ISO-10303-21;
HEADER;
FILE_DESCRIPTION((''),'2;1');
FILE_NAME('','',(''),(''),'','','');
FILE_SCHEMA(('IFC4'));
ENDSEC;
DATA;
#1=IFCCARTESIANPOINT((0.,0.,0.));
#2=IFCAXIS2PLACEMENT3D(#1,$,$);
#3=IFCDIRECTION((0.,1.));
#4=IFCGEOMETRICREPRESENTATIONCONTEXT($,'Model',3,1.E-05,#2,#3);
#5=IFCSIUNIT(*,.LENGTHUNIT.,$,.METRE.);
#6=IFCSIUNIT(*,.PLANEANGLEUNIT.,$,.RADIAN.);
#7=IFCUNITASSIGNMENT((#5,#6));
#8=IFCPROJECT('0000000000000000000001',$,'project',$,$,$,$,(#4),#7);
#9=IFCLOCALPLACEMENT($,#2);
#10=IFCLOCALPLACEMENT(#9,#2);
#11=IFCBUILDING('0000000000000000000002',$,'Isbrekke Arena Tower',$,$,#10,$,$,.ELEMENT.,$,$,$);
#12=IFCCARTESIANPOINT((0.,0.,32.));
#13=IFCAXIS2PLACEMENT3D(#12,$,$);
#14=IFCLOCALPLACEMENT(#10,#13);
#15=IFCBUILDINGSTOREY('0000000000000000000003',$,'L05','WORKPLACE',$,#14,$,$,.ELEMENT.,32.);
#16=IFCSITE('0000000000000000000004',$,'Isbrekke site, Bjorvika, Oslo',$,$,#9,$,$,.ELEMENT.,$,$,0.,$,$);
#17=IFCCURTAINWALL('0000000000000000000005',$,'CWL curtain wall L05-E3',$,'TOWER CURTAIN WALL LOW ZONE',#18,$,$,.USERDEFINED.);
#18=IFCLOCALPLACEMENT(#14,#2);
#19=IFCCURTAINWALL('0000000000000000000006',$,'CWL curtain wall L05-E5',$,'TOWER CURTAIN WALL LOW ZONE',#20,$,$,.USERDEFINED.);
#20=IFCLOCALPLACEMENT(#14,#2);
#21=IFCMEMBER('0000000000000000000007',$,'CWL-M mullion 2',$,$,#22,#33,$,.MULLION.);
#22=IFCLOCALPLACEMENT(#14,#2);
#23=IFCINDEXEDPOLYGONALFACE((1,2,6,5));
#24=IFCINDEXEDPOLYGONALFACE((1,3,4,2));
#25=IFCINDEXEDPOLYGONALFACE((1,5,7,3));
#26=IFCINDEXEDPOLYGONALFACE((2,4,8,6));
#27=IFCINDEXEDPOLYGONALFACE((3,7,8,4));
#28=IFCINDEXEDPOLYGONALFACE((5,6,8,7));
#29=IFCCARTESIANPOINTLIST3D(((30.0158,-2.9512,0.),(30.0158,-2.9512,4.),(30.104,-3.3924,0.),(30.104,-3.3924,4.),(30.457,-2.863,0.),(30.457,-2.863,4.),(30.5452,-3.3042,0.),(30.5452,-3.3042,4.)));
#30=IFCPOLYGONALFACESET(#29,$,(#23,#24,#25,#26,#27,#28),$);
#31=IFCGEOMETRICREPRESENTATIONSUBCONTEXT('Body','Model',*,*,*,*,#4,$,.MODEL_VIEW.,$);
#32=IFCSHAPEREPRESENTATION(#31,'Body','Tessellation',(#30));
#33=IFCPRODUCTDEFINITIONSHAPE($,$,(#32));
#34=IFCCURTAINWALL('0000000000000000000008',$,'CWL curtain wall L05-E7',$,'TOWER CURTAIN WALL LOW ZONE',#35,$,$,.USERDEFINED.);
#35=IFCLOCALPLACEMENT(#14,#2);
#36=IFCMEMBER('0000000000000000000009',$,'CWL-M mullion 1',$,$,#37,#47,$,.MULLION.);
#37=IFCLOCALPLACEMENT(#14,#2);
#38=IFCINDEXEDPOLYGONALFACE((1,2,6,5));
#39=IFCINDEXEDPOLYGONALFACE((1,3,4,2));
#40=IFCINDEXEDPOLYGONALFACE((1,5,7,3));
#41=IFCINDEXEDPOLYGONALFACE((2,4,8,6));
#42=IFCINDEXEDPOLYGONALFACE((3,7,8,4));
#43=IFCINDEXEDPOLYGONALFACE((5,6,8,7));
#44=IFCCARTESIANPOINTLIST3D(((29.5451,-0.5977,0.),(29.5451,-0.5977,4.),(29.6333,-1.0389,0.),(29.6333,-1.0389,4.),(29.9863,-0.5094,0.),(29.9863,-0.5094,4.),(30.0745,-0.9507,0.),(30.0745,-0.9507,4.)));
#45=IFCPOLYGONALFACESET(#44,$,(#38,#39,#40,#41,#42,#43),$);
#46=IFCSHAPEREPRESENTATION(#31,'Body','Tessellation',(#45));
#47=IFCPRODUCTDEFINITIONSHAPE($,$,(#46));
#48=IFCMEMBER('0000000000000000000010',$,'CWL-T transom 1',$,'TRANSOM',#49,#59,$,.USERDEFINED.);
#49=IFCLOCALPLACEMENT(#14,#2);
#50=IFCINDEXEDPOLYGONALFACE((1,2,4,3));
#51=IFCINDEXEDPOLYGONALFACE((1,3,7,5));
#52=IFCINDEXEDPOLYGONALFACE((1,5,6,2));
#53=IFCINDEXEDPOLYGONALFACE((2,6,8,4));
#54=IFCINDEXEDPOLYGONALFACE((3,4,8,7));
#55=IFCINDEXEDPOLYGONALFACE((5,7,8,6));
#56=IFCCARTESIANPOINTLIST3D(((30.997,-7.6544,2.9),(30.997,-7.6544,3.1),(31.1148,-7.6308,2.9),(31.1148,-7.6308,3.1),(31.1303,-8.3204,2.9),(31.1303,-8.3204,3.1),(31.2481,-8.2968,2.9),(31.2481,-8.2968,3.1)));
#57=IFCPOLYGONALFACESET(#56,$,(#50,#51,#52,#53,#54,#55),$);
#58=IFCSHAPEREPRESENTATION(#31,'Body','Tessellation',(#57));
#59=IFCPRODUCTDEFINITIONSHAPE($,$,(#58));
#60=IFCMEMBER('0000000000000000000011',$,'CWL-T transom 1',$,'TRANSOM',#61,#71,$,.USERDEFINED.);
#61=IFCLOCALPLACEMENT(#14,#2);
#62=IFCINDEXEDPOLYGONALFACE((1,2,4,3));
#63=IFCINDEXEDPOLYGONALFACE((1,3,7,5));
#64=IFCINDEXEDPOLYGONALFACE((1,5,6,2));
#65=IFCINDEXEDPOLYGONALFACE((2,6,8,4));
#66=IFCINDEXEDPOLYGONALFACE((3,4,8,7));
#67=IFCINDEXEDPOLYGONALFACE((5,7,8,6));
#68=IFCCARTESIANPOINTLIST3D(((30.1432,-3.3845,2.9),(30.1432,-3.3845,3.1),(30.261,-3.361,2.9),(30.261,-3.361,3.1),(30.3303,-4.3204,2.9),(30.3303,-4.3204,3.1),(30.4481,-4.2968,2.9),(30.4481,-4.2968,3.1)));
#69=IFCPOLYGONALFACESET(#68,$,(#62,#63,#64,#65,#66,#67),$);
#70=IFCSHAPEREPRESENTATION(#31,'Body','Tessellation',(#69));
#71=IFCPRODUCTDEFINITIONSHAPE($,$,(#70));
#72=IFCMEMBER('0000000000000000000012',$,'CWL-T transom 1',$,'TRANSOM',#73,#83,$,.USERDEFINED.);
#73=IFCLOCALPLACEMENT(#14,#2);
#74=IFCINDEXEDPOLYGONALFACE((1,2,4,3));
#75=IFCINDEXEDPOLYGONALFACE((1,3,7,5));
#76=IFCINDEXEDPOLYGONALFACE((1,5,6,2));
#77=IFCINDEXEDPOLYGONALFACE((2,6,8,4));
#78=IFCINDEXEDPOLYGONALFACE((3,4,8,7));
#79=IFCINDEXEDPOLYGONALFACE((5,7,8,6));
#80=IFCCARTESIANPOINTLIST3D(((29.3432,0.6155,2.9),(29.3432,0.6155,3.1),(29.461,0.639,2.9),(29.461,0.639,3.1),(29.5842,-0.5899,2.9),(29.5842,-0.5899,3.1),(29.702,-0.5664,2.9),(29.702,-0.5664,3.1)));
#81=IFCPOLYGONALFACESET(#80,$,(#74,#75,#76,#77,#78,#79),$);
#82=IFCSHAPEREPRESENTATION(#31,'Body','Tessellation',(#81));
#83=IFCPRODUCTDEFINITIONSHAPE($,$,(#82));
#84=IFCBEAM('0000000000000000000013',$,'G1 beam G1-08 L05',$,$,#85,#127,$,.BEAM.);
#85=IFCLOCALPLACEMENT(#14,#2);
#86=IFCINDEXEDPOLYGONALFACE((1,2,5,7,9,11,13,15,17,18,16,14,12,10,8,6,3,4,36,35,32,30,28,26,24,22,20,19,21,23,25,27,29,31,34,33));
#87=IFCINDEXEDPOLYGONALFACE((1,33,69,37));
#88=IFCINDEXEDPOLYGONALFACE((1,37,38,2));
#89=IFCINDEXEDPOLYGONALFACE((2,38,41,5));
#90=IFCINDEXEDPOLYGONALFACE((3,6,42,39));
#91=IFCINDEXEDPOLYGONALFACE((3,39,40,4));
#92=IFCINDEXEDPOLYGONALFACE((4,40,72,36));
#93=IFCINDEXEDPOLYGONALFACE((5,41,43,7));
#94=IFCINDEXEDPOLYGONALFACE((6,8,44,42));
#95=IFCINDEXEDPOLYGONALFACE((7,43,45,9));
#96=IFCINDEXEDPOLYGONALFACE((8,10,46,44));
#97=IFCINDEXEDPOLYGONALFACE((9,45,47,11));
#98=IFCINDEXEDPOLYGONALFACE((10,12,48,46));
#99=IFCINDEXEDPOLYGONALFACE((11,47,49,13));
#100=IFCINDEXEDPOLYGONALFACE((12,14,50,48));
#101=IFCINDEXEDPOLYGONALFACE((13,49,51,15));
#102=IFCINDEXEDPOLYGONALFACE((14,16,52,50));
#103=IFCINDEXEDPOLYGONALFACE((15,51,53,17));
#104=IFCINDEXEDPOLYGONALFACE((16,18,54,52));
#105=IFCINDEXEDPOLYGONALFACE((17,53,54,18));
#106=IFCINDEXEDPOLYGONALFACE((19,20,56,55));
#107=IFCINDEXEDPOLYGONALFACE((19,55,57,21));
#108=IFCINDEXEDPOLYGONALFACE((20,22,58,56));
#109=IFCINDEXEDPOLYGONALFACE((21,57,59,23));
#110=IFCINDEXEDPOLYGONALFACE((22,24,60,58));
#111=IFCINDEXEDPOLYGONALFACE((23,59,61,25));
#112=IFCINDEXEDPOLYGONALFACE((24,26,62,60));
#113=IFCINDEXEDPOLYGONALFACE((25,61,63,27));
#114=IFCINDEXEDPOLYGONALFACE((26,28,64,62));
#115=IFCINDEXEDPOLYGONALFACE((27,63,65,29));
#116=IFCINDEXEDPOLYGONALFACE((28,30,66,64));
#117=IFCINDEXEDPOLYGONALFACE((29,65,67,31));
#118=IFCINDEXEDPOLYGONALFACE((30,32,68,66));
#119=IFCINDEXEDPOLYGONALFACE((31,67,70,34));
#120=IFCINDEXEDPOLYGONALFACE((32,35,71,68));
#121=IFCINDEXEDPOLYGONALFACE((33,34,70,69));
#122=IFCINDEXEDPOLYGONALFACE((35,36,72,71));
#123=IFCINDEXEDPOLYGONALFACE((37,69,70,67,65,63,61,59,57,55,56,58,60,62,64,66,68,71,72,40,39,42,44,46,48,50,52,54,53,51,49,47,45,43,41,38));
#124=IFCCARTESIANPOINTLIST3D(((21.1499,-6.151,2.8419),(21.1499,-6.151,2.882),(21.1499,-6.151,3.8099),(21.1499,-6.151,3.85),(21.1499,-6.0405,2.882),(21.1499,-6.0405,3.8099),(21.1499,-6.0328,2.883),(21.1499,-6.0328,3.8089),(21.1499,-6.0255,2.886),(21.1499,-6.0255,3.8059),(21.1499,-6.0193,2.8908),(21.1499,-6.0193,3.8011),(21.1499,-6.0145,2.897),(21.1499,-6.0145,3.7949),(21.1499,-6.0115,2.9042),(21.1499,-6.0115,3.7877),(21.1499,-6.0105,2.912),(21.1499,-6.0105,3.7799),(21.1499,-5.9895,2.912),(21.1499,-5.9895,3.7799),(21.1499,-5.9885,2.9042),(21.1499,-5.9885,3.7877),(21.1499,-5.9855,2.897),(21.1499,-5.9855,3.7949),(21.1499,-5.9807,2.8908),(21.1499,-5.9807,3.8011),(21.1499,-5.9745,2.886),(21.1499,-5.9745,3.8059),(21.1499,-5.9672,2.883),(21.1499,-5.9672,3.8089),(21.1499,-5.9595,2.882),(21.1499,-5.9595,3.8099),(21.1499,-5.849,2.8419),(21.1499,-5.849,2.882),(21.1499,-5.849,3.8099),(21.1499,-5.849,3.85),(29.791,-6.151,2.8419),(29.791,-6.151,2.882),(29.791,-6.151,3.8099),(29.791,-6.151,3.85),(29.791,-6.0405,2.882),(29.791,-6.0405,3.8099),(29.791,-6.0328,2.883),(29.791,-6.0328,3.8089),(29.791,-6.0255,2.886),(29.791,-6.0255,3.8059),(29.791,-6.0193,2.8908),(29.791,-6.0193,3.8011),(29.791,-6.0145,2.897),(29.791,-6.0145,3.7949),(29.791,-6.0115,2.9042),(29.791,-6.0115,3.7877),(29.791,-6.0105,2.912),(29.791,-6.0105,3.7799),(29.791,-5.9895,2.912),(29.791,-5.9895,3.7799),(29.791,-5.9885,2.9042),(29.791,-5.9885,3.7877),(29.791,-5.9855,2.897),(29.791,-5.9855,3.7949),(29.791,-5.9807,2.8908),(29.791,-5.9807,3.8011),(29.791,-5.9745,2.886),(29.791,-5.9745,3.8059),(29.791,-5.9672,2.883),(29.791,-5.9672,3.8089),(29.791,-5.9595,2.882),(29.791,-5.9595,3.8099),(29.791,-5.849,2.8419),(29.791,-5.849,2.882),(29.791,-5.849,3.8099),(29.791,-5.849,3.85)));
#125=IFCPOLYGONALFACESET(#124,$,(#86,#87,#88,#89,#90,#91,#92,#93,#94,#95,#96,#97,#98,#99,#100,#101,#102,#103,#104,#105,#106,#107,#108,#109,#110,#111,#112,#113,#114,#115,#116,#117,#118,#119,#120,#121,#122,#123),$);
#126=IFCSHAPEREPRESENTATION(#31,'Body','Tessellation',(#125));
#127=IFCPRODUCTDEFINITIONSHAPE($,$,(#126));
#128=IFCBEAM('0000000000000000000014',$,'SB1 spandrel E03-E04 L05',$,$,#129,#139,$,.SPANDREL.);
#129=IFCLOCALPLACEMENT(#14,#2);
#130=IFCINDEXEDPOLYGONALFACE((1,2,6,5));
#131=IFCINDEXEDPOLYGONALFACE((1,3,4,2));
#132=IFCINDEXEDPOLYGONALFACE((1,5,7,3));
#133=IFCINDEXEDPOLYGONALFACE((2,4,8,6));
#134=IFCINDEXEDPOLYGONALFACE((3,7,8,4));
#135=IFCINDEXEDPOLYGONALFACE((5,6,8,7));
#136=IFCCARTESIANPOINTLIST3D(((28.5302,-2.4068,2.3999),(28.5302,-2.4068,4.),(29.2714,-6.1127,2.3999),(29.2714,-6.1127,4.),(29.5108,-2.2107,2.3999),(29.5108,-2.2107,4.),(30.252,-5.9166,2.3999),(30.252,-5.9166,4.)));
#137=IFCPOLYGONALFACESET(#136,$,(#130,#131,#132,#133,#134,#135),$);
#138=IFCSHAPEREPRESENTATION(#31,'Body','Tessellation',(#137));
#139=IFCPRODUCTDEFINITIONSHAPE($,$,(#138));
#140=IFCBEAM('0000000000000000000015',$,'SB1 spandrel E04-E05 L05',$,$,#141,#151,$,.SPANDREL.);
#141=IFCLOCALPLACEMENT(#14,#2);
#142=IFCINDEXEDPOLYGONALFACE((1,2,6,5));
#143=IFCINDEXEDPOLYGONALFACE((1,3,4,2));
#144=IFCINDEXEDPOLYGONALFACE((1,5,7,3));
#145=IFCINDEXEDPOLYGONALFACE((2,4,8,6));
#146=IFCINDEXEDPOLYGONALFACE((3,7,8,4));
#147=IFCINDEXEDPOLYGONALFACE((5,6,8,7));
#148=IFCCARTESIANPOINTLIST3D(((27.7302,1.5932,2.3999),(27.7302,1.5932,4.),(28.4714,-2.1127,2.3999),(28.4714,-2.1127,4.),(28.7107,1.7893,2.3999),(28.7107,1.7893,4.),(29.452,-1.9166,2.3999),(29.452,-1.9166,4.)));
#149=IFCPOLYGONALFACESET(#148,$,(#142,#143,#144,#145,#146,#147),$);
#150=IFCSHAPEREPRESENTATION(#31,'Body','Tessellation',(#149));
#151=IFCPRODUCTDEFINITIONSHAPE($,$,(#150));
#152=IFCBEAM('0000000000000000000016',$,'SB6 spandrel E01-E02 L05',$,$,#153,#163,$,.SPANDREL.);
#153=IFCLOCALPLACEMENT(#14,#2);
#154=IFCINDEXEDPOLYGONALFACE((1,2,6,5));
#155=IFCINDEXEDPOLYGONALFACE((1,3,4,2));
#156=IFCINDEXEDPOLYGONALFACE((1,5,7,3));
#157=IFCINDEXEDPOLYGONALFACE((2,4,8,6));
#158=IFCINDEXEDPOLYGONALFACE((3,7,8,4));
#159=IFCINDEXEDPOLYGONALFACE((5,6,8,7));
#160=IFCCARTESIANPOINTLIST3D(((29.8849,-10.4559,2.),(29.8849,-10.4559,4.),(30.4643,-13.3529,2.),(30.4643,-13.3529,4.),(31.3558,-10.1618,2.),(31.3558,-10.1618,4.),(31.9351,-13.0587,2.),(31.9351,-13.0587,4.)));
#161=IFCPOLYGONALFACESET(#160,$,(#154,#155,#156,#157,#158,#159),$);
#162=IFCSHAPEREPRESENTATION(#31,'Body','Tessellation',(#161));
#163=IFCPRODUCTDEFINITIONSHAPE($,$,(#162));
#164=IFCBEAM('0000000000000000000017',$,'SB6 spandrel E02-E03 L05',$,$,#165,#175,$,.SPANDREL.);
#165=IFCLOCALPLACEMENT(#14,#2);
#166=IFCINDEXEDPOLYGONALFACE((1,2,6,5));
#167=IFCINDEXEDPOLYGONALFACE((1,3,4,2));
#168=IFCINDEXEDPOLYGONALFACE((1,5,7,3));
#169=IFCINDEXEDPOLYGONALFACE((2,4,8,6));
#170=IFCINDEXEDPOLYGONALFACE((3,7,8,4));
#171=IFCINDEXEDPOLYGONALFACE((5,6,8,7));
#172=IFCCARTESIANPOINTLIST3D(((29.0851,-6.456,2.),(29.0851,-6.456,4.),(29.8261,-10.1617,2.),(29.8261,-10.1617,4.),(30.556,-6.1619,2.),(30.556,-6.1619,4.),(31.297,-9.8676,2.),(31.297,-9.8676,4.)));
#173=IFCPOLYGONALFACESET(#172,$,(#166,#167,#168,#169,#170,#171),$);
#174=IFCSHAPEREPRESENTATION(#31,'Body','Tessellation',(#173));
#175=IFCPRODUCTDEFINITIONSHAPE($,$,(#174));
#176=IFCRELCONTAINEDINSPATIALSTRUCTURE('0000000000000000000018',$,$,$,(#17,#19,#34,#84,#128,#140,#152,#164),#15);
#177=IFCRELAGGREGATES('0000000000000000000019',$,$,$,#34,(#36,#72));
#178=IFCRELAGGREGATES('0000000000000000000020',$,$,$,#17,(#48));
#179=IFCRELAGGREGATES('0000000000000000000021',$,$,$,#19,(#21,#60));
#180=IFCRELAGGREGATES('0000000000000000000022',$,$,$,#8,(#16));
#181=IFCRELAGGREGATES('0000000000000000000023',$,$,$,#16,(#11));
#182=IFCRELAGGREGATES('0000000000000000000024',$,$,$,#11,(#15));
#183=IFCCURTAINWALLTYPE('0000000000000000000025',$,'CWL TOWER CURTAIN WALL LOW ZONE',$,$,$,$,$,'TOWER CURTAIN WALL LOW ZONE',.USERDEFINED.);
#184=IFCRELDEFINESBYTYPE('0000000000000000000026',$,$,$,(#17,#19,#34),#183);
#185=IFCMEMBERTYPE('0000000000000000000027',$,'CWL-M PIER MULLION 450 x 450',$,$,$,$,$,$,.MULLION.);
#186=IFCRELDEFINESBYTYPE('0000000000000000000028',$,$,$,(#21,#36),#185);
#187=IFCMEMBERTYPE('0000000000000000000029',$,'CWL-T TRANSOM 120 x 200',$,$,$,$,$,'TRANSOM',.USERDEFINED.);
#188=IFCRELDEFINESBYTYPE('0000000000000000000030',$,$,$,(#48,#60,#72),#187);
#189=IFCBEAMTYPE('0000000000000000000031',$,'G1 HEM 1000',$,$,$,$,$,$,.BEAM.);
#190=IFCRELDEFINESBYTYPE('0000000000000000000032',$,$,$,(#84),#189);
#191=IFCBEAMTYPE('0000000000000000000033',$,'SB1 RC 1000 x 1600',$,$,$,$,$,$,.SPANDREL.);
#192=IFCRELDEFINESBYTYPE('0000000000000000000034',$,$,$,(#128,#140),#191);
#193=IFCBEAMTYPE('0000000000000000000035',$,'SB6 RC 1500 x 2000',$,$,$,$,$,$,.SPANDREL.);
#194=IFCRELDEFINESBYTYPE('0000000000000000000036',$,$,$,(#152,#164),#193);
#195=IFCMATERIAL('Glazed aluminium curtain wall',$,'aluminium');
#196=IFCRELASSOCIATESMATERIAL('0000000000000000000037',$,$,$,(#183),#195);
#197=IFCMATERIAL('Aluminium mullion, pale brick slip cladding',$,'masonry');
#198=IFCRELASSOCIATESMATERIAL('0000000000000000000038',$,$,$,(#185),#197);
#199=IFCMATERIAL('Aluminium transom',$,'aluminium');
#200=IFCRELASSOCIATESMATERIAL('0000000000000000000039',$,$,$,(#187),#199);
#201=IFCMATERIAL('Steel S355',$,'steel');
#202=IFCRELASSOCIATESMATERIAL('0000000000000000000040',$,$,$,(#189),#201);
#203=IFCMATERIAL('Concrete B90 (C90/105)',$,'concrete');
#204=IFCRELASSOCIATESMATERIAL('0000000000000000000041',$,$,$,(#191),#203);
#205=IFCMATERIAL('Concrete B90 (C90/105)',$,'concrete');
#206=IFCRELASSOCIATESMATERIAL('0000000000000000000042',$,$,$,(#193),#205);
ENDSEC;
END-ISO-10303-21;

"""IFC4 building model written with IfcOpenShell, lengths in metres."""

from ifc_helpers import new_model, si_unit, direction, frame, origin, origin_2d, place, context, subcontext, project, spatial, rectangle, i_section, extrude, material, material_profile, profile_set, type_object, element, aggregate, save


model = new_model("IFC4")

# Units and contexts
model_context = context("Model", 3, precision=1e-05, world=origin(), true_north=direction((0.0, 1.0)))
body_context = subcontext(model_context, "Body", "Model", "MODEL_VIEW")
ifc_project = project(units=[si_unit("LENGTHUNIT", "METRE"), si_unit("PLANEANGLEUNIT", "RADIAN")], contexts=[model_context])

# Site, building, storey
site_placement = place(None, origin())
site = spatial("IfcSite", under=ifc_project, at=site_placement, Name="Isbrekke site, Bjorvika, Oslo", CompositionType="ELEMENT", RefElevation=0.0)
building_placement = place(site_placement, origin())
building = spatial("IfcBuilding", under=site, at=building_placement, Name="Isbrekke Arena Tower", CompositionType="ELEMENT")
storey_placement = place(building_placement, frame((0.0, 0.0, 32.0)))
storey = spatial("IfcBuildingStorey", under=building, at=storey_placement, Name="L05", Description="WORKPLACE", CompositionType="ELEMENT", Elevation=32.0)

# Curtain walls, member
ifc_material_1 = material(Name="Glazed aluminium curtain wall", Category="aluminium")
curtain_wall_type = type_object("IfcCurtainWallType", Name="CWL TOWER CURTAIN WALL LOW ZONE", ElementType="TOWER CURTAIN WALL LOW ZONE", PredefinedType="USERDEFINED", material=ifc_material_1)
curtain_wall_1_placement = place(storey_placement, origin())
curtain_wall_1 = element("IfcCurtainWall", 1, at=curtain_wall_1_placement, inside=storey, type_object=curtain_wall_type, Name="CWL curtain wall L05-E3", ObjectType="TOWER CURTAIN WALL LOW ZONE", PredefinedType="USERDEFINED")
ifc_material_2 = material(Name="Aluminium mullion, pale brick slip cladding", Category="masonry")
ifc_material_profile_1 = material_profile(ifc_material_2, rectangle(XDim=0.45, YDim=0.45, at=origin_2d()), Name="PIER 450X450")
ifc_profile_set_1 = profile_set([ifc_material_profile_1], Name="Aluminium mullion, pale brick slip cladding")
member_type_1 = type_object("IfcMemberType", Name="CWL-M PIER MULLION 450 x 450", PredefinedType="MULLION", material=ifc_profile_set_1)
curtain_wall_2_placement = place(storey_placement, origin())
curtain_wall_2 = element("IfcCurtainWall", 2, at=curtain_wall_2_placement, inside=storey, type_object=curtain_wall_type, Name="CWL curtain wall L05-E5", ObjectType="TOWER CURTAIN WALL LOW ZONE", PredefinedType="USERDEFINED")
member_1_placement = place(storey_placement, frame((30.2805, -3.1277, 0.0), z_axis=(0.0, 0.0, 1.0), x_axis=(-0.196116, 0.980581, 0.0)))
member_1 = element("IfcMember", 3, at=member_1_placement, type_object=member_type_1, Name="CWL-M mullion 2", PredefinedType="MULLION", context=body_context, shape_type="SweptSolid", body=[
    extrude(rectangle(XDim=0.45, YDim=0.45, at=origin_2d()), origin(), (0.0, 0.0, 1.0), 4.0),
])

# Curtain wall, member
curtain_wall_3_placement = place(storey_placement, origin())
curtain_wall_3 = element("IfcCurtainWall", 4, at=curtain_wall_3_placement, inside=storey, type_object=curtain_wall_type, Name="CWL curtain wall L05-E7", ObjectType="TOWER CURTAIN WALL LOW ZONE", PredefinedType="USERDEFINED")
member_2_placement = place(storey_placement, frame((29.8098, -0.7742, 0.0), z_axis=(0.0, 0.0, 1.0), x_axis=(-0.196116, 0.980581, 0.0)))
member_2 = element("IfcMember", 5, at=member_2_placement, type_object=member_type_1, Name="CWL-M mullion 1", PredefinedType="MULLION", context=body_context, shape_type="SweptSolid", body=[
    extrude(rectangle(XDim=0.45, YDim=0.45, at=origin_2d()), origin(), (0.0, 0.0, 1.0), 4.0),
])

# Members
ifc_material_3 = material(Name="Aluminium transom", Category="aluminium")
ifc_material_profile_2 = material_profile(ifc_material_3, rectangle(XDim=0.1201, YDim=0.2, at=origin_2d()), Name="TRANSOM 120X200")
ifc_profile_set_2 = profile_set([ifc_material_profile_2], Name="Aluminium transom")
member_type_2 = type_object("IfcMemberType", Name="CWL-T TRANSOM 120 x 200", ElementType="TRANSOM", PredefinedType="USERDEFINED", material=ifc_profile_set_2)
member_3_placement = place(storey_placement, frame((31.1892, -8.3086, 3.0), z_axis=(-0.196254, 0.980553, 0.0), x_axis=(-0.980553, -0.196254, 0.0)))
member_3 = element("IfcMember", 6, at=member_3_placement, type_object=member_type_2, Name="CWL-T transom 1", ObjectType="TRANSOM", PredefinedType="USERDEFINED", context=body_context, shape_type="SweptSolid", body=[
    extrude(rectangle(XDim=0.1201, YDim=0.2, at=origin_2d()), origin(), (0.0, 0.0, 1.0), 0.6792),
])
member_4_placement = place(storey_placement, frame((30.3892, -4.3086, 3.0), z_axis=(-0.195969, 0.98061, 0.0), x_axis=(-0.98061, -0.195969, 0.0)))
member_4 = element("IfcMember", 7, at=member_4_placement, type_object=member_type_2, Name="CWL-T transom 1", ObjectType="TRANSOM", PredefinedType="USERDEFINED", context=body_context, shape_type="SweptSolid", body=[
    extrude(rectangle(XDim=0.1201, YDim=0.2, at=origin_2d()), origin(), (0.0, 0.0, 1.0), 0.9543),
])
member_5_placement = place(storey_placement, frame((29.6431, -0.5781, 3.0), z_axis=(-0.19604, 0.980596, 0.0), x_axis=(-0.980596, -0.19604, 0.0)))
member_5 = element("IfcMember", 8, at=member_5_placement, type_object=member_type_2, Name="CWL-T transom 1", ObjectType="TRANSOM", PredefinedType="USERDEFINED", context=body_context, shape_type="SweptSolid", body=[
    extrude(rectangle(XDim=0.1201, YDim=0.2, at=origin_2d()), origin(), (0.0, 0.0, 1.0), 1.2292),
])
aggregate(curtain_wall_3, [member_2, member_5])

# Beams
ifc_material_4 = material(Name="Steel S355", Category="steel")
ifc_material_profile_3 = material_profile(ifc_material_4, i_section(OverallWidth=0.302, OverallDepth=1.0081, WebThickness=0.021, FlangeThickness=0.04, FilletRadius=0.03, at=origin_2d()), Name="HEM 1000")
ifc_profile_set_3 = profile_set([ifc_material_profile_3], Name="Steel S355")
beam_type_1 = type_object("IfcBeamType", Name="G1 HEM 1000", PredefinedType="BEAM", material=ifc_profile_set_3)
beam_1_placement = place(storey_placement, frame((21.1499, -6.0, 3.3459), z_axis=(1.0, 0.0, 0.0), x_axis=(0.0, 1.0, 0.0)))
element("IfcBeam", 9, at=beam_1_placement, inside=storey, type_object=beam_type_1, Name="G1 beam G1-08 L05", PredefinedType="BEAM", context=body_context, shape_type="SweptSolid", body=[
    extrude(i_section(OverallWidth=0.302, OverallDepth=1.0081, WebThickness=0.021, FlangeThickness=0.04, FilletRadius=0.03, at=origin_2d()), origin(), (0.0, 0.0, 1.0), 8.6411),
])
ifc_material_5 = material(Name="Concrete B90 (C90/105)", Category="concrete")
ifc_material_profile_4 = material_profile(ifc_material_5, rectangle(XDim=1.0, YDim=1.6001, at=origin_2d()), Name="RC 1000x1600")
ifc_profile_set_4 = profile_set([ifc_material_profile_4], Name="Concrete B90 (C90/105)")
beam_type_2 = type_object("IfcBeamType", Name="SB1 RC 1000 x 1600", PredefinedType="SPANDREL", material=ifc_profile_set_4)
for number, where, z_axis, x_axis, name in (
    (10, (29.7617, -6.0146, 3.2), (-0.196129, 0.980578, 0.0), (-0.980578, -0.196129, 0.0), "SB1 spandrel E03-E04 L05"),
    (11, (28.9617, -2.0146, 3.2), (-0.196129, 0.980578, 0.0), (-0.980578, -0.196129, 0.0), "SB1 spandrel E04-E05 L05"),
):
    element("IfcBeam", number, at=place(storey_placement, frame(where, z_axis=z_axis, x_axis=x_axis)), inside=storey, type_object=beam_type_2, Name=name, PredefinedType="SPANDREL", context=body_context, shape_type="SweptSolid", body=[
        extrude(rectangle(XDim=1.0, YDim=1.6001, at=origin_2d()), origin(), (0.0, 0.0, 1.0), 3.7793),
    ])
ifc_material_6 = material(Name="Concrete B90 (C90/105)", Category="concrete")
ifc_material_profile_5 = material_profile(ifc_material_6, rectangle(XDim=1.5, YDim=2.0, at=origin_2d()), Name="RC 1500x2000")
ifc_profile_set_5 = profile_set([ifc_material_profile_5], Name="Concrete B90 (C90/105)")
beam_type_3 = type_object("IfcBeamType", Name="SB6 RC 1500 x 2000", PredefinedType="SPANDREL", material=ifc_profile_set_5)
beam_2_placement = place(storey_placement, frame((31.1997, -13.2058, 3.0), z_axis=(-0.1961, 0.980584, 0.0), x_axis=(-0.980584, -0.1961, 0.0)))
element("IfcBeam", 12, at=beam_2_placement, inside=storey, type_object=beam_type_3, Name="SB6 spandrel E01-E02 L05", PredefinedType="SPANDREL", context=body_context, shape_type="SweptSolid", body=[
    extrude(rectangle(XDim=1.5, YDim=2.0, at=origin_2d()), origin(), (0.0, 0.0, 1.0), 2.9543),
])
beam_3_placement = place(storey_placement, frame((30.5615, -10.0146, 3.0), z_axis=(-0.196066, 0.980591, 0.0), x_axis=(-0.980591, -0.196066, 0.0)))
element("IfcBeam", 13, at=beam_3_placement, inside=storey, type_object=beam_type_3, Name="SB6 spandrel E02-E03 L05", PredefinedType="SPANDREL", context=body_context, shape_type="SweptSolid", body=[
    extrude(rectangle(XDim=1.5, YDim=2.0, at=origin_2d()), origin(), (0.0, 0.0, 1.0), 3.7791),
])

aggregate(curtain_wall_1, [member_3])
aggregate(curtain_wall_2, [member_1, member_4])

save(model, "model.ifc")
